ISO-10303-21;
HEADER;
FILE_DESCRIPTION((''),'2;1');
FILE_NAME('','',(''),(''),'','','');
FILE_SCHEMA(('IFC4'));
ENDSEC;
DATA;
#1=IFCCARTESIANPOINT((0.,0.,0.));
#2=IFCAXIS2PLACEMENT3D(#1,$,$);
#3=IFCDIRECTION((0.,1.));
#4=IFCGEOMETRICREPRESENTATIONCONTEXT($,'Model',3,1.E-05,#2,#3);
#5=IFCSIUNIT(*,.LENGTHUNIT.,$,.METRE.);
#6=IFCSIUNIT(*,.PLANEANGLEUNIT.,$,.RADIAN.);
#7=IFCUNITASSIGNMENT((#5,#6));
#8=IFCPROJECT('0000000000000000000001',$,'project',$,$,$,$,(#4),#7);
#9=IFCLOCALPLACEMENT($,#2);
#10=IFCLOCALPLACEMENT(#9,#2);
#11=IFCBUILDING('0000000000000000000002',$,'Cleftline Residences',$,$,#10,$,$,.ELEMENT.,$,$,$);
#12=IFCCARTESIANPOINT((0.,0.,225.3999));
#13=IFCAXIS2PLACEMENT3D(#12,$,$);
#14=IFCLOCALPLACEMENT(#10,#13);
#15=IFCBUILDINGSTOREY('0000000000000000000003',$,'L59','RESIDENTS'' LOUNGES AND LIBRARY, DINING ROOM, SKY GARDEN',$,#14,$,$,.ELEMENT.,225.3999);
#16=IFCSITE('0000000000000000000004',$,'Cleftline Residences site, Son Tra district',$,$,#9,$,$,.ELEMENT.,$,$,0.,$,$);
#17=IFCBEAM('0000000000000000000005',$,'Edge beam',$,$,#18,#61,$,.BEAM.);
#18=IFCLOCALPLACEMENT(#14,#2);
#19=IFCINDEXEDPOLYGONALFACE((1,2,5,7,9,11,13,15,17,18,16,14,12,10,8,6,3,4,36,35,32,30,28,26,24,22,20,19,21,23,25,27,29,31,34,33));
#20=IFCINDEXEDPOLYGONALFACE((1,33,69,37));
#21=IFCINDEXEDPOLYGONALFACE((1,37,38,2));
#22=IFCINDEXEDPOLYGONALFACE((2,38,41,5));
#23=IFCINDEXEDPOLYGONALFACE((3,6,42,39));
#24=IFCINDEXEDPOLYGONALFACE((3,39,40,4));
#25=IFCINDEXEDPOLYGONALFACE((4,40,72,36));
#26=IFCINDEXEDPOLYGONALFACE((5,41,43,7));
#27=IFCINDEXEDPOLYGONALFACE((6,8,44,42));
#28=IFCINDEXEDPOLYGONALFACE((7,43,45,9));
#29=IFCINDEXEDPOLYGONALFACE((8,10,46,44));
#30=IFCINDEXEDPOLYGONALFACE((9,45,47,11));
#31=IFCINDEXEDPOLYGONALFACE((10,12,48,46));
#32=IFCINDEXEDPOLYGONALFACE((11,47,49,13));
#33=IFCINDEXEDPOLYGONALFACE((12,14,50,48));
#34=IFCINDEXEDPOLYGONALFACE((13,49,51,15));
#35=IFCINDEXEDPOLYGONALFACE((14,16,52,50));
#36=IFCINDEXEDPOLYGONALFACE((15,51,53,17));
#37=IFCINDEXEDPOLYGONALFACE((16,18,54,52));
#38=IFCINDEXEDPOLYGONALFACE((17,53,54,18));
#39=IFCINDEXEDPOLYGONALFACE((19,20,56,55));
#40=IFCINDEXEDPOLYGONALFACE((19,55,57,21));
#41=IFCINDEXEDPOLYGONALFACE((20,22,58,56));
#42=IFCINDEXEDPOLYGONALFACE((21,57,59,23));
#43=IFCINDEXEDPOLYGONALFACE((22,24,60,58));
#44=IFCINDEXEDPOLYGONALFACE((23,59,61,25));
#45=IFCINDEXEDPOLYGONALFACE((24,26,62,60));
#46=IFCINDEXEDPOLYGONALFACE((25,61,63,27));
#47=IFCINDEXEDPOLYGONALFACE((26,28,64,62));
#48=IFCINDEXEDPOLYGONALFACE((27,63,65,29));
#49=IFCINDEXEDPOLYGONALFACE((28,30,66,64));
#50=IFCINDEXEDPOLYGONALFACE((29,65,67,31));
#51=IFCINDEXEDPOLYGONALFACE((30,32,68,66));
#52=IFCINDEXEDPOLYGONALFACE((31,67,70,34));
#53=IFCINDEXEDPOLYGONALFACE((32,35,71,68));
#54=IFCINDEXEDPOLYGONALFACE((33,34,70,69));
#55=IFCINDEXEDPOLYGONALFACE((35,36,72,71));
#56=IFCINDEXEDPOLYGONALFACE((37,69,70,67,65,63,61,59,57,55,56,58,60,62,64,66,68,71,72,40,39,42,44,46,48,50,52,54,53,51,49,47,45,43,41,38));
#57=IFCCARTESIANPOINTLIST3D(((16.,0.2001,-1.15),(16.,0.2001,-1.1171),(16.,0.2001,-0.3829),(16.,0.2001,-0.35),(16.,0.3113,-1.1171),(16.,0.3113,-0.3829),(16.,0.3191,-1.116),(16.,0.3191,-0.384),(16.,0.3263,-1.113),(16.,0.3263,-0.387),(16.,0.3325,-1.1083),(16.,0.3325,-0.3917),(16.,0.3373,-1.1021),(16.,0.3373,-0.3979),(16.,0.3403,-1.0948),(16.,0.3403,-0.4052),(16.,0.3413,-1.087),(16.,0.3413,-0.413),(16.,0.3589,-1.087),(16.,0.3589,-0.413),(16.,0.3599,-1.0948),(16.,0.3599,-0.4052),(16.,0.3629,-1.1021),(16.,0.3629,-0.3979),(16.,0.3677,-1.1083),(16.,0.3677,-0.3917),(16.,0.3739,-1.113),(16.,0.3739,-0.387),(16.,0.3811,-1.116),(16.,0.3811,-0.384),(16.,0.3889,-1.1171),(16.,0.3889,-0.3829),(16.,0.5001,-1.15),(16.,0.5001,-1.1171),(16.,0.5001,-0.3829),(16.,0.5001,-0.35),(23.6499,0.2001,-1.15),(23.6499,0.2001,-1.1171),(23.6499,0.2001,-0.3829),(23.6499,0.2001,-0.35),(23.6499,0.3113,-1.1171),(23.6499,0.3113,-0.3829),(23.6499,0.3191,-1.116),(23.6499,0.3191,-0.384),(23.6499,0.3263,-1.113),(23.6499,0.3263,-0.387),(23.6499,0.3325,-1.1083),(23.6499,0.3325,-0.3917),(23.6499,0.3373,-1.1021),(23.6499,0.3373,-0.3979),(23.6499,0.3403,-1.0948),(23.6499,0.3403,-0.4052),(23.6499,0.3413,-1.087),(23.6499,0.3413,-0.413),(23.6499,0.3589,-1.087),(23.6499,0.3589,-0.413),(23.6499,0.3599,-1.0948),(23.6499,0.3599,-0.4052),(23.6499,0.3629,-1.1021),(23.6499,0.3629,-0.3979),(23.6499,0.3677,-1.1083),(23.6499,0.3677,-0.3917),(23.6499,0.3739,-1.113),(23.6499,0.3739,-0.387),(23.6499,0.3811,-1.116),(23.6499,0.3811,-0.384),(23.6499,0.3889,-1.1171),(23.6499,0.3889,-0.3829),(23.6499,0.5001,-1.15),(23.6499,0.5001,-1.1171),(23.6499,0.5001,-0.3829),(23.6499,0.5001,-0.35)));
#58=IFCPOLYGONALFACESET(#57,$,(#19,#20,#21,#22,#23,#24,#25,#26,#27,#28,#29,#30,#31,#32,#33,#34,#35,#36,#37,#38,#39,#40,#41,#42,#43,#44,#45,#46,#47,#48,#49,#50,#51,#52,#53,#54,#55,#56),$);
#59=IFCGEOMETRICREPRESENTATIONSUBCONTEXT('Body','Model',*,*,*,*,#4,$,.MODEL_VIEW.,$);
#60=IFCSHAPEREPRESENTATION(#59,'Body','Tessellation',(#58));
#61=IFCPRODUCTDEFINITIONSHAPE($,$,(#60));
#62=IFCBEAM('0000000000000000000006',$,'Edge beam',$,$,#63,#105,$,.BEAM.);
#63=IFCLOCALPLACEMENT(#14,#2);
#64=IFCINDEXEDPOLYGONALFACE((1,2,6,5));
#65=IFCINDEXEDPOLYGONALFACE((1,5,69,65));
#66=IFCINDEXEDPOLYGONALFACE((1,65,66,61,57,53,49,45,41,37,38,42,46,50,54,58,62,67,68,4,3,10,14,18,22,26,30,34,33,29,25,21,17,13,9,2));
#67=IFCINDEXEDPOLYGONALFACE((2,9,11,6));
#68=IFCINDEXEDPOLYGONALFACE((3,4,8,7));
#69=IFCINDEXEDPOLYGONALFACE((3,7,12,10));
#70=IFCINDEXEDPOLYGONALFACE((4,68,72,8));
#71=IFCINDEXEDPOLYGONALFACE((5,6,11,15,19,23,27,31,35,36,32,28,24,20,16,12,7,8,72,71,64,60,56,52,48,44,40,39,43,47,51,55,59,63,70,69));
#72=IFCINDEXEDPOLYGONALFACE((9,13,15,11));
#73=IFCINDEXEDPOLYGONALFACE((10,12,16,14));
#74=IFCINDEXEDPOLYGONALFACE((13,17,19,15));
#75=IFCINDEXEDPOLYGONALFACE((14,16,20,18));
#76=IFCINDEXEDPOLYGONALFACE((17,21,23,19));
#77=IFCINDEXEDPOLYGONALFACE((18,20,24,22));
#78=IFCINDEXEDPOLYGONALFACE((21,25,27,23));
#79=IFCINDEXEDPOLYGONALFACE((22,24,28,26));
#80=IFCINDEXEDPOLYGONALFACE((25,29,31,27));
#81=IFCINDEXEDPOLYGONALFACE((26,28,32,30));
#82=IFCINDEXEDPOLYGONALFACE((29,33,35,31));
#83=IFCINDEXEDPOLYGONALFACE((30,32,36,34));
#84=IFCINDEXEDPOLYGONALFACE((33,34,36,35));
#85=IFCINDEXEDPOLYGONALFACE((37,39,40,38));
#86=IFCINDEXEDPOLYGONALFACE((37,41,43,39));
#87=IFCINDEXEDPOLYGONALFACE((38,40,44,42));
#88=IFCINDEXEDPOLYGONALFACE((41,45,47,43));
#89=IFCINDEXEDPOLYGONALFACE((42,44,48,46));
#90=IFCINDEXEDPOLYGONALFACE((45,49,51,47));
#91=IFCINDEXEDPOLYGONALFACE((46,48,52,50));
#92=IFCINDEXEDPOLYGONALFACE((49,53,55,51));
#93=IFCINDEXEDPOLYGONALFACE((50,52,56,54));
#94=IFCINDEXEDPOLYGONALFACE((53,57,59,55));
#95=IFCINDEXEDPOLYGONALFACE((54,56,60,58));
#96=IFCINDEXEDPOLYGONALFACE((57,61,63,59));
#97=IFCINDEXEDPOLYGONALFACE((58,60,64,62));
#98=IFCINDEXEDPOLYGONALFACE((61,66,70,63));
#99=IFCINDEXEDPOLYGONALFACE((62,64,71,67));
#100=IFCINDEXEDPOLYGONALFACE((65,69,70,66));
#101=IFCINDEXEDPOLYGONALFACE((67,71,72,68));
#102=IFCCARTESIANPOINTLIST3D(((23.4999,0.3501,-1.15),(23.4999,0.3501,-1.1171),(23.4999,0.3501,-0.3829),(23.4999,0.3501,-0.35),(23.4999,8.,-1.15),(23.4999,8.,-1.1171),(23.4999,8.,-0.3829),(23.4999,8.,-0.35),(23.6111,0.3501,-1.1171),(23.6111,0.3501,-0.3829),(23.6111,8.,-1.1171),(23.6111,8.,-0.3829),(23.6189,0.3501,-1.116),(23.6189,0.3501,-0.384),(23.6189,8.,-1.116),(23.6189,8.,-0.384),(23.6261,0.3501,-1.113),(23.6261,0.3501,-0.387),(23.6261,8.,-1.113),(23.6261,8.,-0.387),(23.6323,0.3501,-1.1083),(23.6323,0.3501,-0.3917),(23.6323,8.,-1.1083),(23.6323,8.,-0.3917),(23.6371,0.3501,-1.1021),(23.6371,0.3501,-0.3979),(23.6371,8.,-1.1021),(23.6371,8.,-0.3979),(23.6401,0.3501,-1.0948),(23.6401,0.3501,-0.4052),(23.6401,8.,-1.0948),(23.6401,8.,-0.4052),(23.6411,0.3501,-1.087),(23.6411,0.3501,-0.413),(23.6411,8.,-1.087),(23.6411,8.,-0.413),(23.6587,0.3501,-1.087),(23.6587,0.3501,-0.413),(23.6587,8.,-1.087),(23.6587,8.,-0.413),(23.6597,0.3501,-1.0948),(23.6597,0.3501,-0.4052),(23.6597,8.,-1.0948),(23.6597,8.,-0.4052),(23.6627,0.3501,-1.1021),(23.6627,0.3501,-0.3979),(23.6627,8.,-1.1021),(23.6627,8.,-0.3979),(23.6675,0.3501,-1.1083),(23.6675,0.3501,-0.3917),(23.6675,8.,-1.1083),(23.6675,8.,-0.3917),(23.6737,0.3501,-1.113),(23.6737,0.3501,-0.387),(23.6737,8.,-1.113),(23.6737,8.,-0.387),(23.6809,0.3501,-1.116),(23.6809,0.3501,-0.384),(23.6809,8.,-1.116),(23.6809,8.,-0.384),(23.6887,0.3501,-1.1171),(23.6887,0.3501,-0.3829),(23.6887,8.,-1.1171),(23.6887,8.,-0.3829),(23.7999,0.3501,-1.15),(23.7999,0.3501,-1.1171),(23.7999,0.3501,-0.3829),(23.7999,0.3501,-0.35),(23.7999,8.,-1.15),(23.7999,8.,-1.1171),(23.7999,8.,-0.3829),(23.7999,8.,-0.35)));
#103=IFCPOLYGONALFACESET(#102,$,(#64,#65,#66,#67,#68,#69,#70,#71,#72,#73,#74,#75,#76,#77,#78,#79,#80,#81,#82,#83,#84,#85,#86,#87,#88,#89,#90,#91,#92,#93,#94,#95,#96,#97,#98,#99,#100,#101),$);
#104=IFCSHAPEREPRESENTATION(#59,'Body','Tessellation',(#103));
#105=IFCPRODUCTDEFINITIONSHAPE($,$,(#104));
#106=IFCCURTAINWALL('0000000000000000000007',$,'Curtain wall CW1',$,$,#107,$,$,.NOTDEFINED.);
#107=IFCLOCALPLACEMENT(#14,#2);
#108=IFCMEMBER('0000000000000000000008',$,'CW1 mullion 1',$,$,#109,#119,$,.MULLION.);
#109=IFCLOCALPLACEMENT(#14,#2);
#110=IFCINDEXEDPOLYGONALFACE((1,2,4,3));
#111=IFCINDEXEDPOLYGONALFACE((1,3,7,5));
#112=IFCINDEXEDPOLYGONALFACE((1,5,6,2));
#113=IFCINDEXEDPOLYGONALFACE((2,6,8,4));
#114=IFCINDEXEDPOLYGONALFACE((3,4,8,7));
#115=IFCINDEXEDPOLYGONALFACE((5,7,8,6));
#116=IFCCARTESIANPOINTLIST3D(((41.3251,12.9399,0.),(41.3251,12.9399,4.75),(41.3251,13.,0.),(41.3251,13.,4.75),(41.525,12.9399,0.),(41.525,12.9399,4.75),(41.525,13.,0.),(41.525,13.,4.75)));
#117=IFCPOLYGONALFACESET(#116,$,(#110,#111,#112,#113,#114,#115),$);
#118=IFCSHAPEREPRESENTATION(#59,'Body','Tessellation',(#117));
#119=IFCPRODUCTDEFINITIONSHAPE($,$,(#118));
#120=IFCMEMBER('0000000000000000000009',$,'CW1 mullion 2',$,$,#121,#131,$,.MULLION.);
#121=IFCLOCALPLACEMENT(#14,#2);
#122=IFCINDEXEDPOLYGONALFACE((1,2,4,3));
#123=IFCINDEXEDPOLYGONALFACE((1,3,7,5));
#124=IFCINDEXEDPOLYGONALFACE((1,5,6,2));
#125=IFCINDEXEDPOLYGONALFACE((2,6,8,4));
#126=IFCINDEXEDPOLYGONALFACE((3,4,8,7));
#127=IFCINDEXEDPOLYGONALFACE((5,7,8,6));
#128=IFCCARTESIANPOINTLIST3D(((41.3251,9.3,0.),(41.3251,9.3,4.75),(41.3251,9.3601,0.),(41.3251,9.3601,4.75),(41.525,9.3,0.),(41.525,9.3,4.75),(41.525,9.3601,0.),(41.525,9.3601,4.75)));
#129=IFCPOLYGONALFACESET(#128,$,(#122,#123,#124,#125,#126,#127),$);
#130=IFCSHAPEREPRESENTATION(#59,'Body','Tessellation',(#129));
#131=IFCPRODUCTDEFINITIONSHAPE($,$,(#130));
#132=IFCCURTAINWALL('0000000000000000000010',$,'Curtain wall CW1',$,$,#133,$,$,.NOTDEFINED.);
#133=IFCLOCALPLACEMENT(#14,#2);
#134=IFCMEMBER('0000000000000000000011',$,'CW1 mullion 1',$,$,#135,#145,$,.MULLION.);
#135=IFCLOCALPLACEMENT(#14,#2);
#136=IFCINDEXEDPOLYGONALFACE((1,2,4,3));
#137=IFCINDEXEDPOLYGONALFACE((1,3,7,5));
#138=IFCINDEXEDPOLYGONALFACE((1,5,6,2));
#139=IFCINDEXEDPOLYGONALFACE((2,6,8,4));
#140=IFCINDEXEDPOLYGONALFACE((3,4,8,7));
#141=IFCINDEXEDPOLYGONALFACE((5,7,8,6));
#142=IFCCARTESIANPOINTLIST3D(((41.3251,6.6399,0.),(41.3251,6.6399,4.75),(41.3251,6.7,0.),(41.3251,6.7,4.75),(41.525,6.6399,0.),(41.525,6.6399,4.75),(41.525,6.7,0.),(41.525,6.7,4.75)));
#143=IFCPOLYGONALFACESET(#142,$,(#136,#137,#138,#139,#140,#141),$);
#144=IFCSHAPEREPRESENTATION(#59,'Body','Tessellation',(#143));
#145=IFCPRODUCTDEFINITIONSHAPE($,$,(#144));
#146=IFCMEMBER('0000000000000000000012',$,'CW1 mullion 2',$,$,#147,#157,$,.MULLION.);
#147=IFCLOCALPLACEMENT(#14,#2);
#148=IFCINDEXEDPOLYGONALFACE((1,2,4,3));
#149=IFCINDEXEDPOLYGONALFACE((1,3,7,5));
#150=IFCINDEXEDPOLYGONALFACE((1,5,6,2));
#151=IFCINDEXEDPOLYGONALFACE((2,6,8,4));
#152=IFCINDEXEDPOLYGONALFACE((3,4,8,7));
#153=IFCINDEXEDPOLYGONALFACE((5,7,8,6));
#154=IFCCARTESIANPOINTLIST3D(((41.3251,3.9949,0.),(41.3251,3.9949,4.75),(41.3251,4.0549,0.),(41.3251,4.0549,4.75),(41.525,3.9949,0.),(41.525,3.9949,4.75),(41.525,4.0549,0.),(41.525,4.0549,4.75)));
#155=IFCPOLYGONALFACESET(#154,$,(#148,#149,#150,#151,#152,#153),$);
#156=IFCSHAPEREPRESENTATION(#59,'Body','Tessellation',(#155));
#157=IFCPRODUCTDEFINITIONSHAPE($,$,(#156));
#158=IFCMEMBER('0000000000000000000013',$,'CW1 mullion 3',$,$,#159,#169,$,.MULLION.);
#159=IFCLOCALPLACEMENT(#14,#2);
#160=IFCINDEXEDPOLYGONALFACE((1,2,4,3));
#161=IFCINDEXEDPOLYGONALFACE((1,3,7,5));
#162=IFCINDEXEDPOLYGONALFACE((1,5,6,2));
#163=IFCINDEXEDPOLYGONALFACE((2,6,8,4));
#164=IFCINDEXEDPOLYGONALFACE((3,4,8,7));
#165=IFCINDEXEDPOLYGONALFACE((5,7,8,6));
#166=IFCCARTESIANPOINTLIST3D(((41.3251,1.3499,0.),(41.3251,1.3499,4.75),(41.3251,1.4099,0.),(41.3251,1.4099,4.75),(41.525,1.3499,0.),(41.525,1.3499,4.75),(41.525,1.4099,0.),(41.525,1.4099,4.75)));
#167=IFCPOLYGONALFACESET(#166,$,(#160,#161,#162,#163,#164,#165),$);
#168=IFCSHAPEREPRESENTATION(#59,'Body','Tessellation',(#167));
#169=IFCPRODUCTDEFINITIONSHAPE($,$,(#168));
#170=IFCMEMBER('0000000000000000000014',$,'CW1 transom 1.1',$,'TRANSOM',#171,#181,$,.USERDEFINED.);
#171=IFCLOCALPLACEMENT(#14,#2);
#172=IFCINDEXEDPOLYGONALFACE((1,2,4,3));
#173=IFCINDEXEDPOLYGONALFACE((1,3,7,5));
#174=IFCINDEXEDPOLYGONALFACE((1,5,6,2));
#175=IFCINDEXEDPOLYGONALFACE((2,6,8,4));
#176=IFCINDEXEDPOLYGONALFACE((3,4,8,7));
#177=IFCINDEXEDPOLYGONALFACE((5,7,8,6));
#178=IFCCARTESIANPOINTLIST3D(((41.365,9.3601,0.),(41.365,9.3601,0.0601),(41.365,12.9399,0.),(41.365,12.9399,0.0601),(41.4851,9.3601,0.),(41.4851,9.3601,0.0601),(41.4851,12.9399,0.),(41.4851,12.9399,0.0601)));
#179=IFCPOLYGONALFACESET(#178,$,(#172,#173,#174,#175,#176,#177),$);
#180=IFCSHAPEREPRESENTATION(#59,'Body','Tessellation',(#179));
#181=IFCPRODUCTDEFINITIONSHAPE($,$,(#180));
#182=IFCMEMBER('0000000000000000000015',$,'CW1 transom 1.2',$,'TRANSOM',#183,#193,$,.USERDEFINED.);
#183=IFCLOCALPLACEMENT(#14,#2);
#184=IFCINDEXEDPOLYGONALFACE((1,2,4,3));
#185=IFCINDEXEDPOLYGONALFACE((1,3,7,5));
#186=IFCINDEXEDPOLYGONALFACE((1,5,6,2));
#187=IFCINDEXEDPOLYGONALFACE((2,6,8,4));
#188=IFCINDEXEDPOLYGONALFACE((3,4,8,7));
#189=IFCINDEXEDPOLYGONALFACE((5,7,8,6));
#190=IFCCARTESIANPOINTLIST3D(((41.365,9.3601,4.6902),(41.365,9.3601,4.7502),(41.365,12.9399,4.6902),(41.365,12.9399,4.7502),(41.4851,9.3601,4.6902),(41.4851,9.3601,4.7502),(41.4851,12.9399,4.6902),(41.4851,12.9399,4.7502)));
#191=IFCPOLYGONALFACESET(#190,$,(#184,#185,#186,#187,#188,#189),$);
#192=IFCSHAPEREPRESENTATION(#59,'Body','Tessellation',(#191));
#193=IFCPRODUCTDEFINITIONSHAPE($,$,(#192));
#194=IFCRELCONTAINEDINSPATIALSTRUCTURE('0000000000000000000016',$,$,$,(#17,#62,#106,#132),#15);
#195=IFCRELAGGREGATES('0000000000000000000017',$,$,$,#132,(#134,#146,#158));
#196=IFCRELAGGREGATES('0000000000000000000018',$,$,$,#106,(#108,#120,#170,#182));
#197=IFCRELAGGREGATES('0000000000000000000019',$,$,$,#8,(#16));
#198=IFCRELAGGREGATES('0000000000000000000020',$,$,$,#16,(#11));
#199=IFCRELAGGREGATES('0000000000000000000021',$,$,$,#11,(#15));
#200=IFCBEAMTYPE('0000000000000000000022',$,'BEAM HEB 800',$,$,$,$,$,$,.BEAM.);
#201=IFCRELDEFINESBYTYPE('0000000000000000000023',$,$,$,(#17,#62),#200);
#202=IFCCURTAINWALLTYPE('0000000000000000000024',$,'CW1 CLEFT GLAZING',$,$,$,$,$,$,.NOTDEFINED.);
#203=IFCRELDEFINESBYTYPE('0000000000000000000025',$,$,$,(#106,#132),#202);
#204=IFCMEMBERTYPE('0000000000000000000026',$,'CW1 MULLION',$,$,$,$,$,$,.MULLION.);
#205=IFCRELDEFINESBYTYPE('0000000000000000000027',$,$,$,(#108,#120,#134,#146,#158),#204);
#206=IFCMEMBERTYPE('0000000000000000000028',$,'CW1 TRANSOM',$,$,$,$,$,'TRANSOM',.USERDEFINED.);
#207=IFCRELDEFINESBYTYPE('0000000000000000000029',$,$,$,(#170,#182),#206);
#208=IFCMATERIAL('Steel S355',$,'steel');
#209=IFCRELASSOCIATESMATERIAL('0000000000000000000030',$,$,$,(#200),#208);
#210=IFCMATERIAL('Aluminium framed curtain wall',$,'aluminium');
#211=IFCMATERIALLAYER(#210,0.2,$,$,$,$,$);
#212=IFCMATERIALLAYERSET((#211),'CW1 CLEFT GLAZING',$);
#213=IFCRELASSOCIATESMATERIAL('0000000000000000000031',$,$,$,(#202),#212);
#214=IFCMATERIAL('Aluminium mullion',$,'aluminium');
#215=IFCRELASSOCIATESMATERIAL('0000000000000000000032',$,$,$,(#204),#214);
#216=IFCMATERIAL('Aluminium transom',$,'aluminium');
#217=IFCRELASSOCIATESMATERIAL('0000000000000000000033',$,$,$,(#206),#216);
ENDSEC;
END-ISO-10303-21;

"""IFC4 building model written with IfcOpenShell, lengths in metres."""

from ifc_helpers import new_model, si_unit, direction, frame, origin, origin_2d, place, context, subcontext, project, spatial, rectangle, i_section, extrude, material, layer, layer_set, material_profile, profile_set, type_object, element, aggregate, save


model = new_model("IFC4")

# Units and contexts
model_context = context("Model", 3, precision=1e-05, world=origin(), true_north=direction((0.0, 1.0)))
body_context = subcontext(model_context, "Body", "Model", "MODEL_VIEW")
ifc_project = project(units=[si_unit("LENGTHUNIT", "METRE"), si_unit("PLANEANGLEUNIT", "RADIAN")], contexts=[model_context])

# Site, building, storey
site_placement = place(None, origin())
site = spatial("IfcSite", under=ifc_project, at=site_placement, Name="Cleftline Residences site, Son Tra district", CompositionType="ELEMENT", RefElevation=0.0)
building_placement = place(site_placement, origin())
building = spatial("IfcBuilding", under=site, at=building_placement, Name="Cleftline Residences", CompositionType="ELEMENT")
storey_placement = place(building_placement, frame((0.0, 0.0, 225.3999)))
storey = spatial("IfcBuildingStorey", under=building, at=storey_placement, Name="L59", Description="RESIDENTS' LOUNGES AND LIBRARY, DINING ROOM, SKY GARDEN", CompositionType="ELEMENT", Elevation=225.3999)

# Beams
ifc_material_1 = material(Name="Steel S355", Category="steel")
ifc_material_profile_1 = material_profile(ifc_material_1, i_section(OverallWidth=0.3, OverallDepth=0.8, WebThickness=0.0176, FlangeThickness=0.033, FilletRadius=0.03, at=origin_2d()))
ifc_profile_set_1 = profile_set([ifc_material_profile_1], Name="Steel S355")
beam_type = type_object("IfcBeamType", Name="BEAM HEB 800", PredefinedType="BEAM", material=ifc_profile_set_1)
for number, where, z_axis, x_axis, name in (
    (1, (16.0, 0.3501, -0.75), (1.0, 0.0, 0.0), (0.0, 1.0, 0.0), "Edge beam"),
    (2, (23.6499, 0.3501, -0.75), (0.0, 1.0, 0.0), (-1.0, 0.0, 0.0), "Edge beam"),
):
    element("IfcBeam", number, at=place(storey_placement, frame(where, z_axis=z_axis, x_axis=x_axis)), inside=storey, type_object=beam_type, Name=name, PredefinedType="BEAM", context=body_context, shape_type="SweptSolid", body=[
        extrude(i_section(OverallWidth=0.3, OverallDepth=0.8, WebThickness=0.0176, FlangeThickness=0.033, FilletRadius=0.03, at=origin_2d()), origin(), (0.0, 0.0, 1.0), 7.6499),
    ])

# Curtain walls, members
ifc_material_2 = material(Name="Aluminium framed curtain wall", Category="aluminium")
ifc_layer_1 = layer(ifc_material_2, 0.2)
ifc_layer_set_1 = layer_set([ifc_layer_1], Name="CW1 CLEFT GLAZING")
curtain_wall_type = type_object("IfcCurtainWallType", Name="CW1 CLEFT GLAZING", PredefinedType="NOTDEFINED", material=ifc_layer_set_1)
curtain_wall_1_placement = place(storey_placement, origin())
curtain_wall_1 = element("IfcCurtainWall", 3, at=curtain_wall_1_placement, inside=storey, type_object=curtain_wall_type, Name="Curtain wall CW1", PredefinedType="NOTDEFINED")
ifc_material_3 = material(Name="Aluminium mullion", Category="aluminium")
ifc_material_profile_2 = material_profile(ifc_material_3, rectangle(XDim=0.2, YDim=0.0601, at=origin_2d()))
ifc_profile_set_2 = profile_set([ifc_material_profile_2], Name="Aluminium mullion")
member_type_1 = type_object("IfcMemberType", Name="CW1 MULLION", PredefinedType="MULLION", material=ifc_profile_set_2)
member_1_placement = place(storey_placement, frame((41.425, 12.97, 0.0), z_axis=(0.0, 0.0, 1.0), x_axis=(1.0, 0.0, 0.0)))
member_1 = element("IfcMember", 4, at=member_1_placement, type_object=member_type_1, Name="CW1 mullion 1", PredefinedType="MULLION", context=body_context, shape_type="SweptSolid", body=[
    extrude(rectangle(XDim=0.2, YDim=0.0601, at=origin_2d()), origin(), (0.0, 0.0, 1.0), 4.75),
])
member_2_placement = place(storey_placement, frame((41.425, 9.3301, 0.0), z_axis=(0.0, 0.0, 1.0), x_axis=(1.0, 0.0, 0.0)))
member_2 = element("IfcMember", 5, at=member_2_placement, type_object=member_type_1, Name="CW1 mullion 2", PredefinedType="MULLION", context=body_context, shape_type="SweptSolid", body=[
    extrude(rectangle(XDim=0.2, YDim=0.0601, at=origin_2d()), origin(), (0.0, 0.0, 1.0), 4.75),
])
curtain_wall_2_placement = place(storey_placement, origin())
curtain_wall_2 = element("IfcCurtainWall", 6, at=curtain_wall_2_placement, inside=storey, type_object=curtain_wall_type, Name="Curtain wall CW1", PredefinedType="NOTDEFINED")
member_3_placement = place(storey_placement, frame((41.425, 6.6699, 0.0), z_axis=(0.0, 0.0, 1.0), x_axis=(1.0, 0.0, 0.0)))
member_3 = element("IfcMember", 7, at=member_3_placement, type_object=member_type_1, Name="CW1 mullion 1", PredefinedType="MULLION", context=body_context, shape_type="SweptSolid", body=[
    extrude(rectangle(XDim=0.2, YDim=0.0601, at=origin_2d()), origin(), (0.0, 0.0, 1.0), 4.75),
])
member_4_placement = place(storey_placement, frame((41.425, 4.0249, 0.0), z_axis=(0.0, 0.0, 1.0), x_axis=(1.0, 0.0, 0.0)))
member_4 = element("IfcMember", 8, at=member_4_placement, type_object=member_type_1, Name="CW1 mullion 2", PredefinedType="MULLION", context=body_context, shape_type="SweptSolid", body=[
    extrude(rectangle(XDim=0.2, YDim=0.0601, at=origin_2d()), origin(), (0.0, 0.0, 1.0), 4.75),
])
member_5_placement = place(storey_placement, frame((41.425, 1.3799, 0.0), z_axis=(0.0, 0.0, 1.0), x_axis=(1.0, 0.0, 0.0)))
member_5 = element("IfcMember", 9, at=member_5_placement, type_object=member_type_1, Name="CW1 mullion 3", PredefinedType="MULLION", context=body_context, shape_type="SweptSolid", body=[
    extrude(rectangle(XDim=0.2, YDim=0.0601, at=origin_2d()), origin(), (0.0, 0.0, 1.0), 4.75),
])

# Members
ifc_material_4 = material(Name="Aluminium transom", Category="aluminium")
ifc_material_profile_3 = material_profile(ifc_material_4, rectangle(XDim=0.1201, YDim=0.0601, at=origin_2d()))
ifc_profile_set_3 = profile_set([ifc_material_profile_3], Name="Aluminium transom")
member_type_2 = type_object("IfcMemberType", Name="CW1 TRANSOM", ElementType="TRANSOM", PredefinedType="USERDEFINED", material=ifc_profile_set_3)
member_6_placement = place(storey_placement, frame((41.425, 12.9399, 0.03), z_axis=(0.0, -1.0, 0.0), x_axis=(1.0, 0.0, 0.0)))
member_6 = element("IfcMember", 10, at=member_6_placement, type_object=member_type_2, Name="CW1 transom 1.1", ObjectType="TRANSOM", PredefinedType="USERDEFINED", context=body_context, shape_type="SweptSolid", body=[
    extrude(rectangle(XDim=0.1201, YDim=0.0601, at=origin_2d()), origin(), (0.0, 0.0, 1.0), 3.5798),
])
member_7_placement = place(storey_placement, frame((41.425, 12.9399, 4.7202), z_axis=(0.0, -1.0, 0.0), x_axis=(1.0, 0.0, 0.0)))
member_7 = element("IfcMember", 11, at=member_7_placement, type_object=member_type_2, Name="CW1 transom 1.2", ObjectType="TRANSOM", PredefinedType="USERDEFINED", context=body_context, shape_type="SweptSolid", body=[
    extrude(rectangle(XDim=0.1201, YDim=0.0601, at=origin_2d()), origin(), (0.0, 0.0, 1.0), 3.5798),
])
aggregate(curtain_wall_2, [member_3, member_4, member_5])

aggregate(curtain_wall_1, [member_1, member_2, member_6, member_7])

save(model, "model.ifc")
